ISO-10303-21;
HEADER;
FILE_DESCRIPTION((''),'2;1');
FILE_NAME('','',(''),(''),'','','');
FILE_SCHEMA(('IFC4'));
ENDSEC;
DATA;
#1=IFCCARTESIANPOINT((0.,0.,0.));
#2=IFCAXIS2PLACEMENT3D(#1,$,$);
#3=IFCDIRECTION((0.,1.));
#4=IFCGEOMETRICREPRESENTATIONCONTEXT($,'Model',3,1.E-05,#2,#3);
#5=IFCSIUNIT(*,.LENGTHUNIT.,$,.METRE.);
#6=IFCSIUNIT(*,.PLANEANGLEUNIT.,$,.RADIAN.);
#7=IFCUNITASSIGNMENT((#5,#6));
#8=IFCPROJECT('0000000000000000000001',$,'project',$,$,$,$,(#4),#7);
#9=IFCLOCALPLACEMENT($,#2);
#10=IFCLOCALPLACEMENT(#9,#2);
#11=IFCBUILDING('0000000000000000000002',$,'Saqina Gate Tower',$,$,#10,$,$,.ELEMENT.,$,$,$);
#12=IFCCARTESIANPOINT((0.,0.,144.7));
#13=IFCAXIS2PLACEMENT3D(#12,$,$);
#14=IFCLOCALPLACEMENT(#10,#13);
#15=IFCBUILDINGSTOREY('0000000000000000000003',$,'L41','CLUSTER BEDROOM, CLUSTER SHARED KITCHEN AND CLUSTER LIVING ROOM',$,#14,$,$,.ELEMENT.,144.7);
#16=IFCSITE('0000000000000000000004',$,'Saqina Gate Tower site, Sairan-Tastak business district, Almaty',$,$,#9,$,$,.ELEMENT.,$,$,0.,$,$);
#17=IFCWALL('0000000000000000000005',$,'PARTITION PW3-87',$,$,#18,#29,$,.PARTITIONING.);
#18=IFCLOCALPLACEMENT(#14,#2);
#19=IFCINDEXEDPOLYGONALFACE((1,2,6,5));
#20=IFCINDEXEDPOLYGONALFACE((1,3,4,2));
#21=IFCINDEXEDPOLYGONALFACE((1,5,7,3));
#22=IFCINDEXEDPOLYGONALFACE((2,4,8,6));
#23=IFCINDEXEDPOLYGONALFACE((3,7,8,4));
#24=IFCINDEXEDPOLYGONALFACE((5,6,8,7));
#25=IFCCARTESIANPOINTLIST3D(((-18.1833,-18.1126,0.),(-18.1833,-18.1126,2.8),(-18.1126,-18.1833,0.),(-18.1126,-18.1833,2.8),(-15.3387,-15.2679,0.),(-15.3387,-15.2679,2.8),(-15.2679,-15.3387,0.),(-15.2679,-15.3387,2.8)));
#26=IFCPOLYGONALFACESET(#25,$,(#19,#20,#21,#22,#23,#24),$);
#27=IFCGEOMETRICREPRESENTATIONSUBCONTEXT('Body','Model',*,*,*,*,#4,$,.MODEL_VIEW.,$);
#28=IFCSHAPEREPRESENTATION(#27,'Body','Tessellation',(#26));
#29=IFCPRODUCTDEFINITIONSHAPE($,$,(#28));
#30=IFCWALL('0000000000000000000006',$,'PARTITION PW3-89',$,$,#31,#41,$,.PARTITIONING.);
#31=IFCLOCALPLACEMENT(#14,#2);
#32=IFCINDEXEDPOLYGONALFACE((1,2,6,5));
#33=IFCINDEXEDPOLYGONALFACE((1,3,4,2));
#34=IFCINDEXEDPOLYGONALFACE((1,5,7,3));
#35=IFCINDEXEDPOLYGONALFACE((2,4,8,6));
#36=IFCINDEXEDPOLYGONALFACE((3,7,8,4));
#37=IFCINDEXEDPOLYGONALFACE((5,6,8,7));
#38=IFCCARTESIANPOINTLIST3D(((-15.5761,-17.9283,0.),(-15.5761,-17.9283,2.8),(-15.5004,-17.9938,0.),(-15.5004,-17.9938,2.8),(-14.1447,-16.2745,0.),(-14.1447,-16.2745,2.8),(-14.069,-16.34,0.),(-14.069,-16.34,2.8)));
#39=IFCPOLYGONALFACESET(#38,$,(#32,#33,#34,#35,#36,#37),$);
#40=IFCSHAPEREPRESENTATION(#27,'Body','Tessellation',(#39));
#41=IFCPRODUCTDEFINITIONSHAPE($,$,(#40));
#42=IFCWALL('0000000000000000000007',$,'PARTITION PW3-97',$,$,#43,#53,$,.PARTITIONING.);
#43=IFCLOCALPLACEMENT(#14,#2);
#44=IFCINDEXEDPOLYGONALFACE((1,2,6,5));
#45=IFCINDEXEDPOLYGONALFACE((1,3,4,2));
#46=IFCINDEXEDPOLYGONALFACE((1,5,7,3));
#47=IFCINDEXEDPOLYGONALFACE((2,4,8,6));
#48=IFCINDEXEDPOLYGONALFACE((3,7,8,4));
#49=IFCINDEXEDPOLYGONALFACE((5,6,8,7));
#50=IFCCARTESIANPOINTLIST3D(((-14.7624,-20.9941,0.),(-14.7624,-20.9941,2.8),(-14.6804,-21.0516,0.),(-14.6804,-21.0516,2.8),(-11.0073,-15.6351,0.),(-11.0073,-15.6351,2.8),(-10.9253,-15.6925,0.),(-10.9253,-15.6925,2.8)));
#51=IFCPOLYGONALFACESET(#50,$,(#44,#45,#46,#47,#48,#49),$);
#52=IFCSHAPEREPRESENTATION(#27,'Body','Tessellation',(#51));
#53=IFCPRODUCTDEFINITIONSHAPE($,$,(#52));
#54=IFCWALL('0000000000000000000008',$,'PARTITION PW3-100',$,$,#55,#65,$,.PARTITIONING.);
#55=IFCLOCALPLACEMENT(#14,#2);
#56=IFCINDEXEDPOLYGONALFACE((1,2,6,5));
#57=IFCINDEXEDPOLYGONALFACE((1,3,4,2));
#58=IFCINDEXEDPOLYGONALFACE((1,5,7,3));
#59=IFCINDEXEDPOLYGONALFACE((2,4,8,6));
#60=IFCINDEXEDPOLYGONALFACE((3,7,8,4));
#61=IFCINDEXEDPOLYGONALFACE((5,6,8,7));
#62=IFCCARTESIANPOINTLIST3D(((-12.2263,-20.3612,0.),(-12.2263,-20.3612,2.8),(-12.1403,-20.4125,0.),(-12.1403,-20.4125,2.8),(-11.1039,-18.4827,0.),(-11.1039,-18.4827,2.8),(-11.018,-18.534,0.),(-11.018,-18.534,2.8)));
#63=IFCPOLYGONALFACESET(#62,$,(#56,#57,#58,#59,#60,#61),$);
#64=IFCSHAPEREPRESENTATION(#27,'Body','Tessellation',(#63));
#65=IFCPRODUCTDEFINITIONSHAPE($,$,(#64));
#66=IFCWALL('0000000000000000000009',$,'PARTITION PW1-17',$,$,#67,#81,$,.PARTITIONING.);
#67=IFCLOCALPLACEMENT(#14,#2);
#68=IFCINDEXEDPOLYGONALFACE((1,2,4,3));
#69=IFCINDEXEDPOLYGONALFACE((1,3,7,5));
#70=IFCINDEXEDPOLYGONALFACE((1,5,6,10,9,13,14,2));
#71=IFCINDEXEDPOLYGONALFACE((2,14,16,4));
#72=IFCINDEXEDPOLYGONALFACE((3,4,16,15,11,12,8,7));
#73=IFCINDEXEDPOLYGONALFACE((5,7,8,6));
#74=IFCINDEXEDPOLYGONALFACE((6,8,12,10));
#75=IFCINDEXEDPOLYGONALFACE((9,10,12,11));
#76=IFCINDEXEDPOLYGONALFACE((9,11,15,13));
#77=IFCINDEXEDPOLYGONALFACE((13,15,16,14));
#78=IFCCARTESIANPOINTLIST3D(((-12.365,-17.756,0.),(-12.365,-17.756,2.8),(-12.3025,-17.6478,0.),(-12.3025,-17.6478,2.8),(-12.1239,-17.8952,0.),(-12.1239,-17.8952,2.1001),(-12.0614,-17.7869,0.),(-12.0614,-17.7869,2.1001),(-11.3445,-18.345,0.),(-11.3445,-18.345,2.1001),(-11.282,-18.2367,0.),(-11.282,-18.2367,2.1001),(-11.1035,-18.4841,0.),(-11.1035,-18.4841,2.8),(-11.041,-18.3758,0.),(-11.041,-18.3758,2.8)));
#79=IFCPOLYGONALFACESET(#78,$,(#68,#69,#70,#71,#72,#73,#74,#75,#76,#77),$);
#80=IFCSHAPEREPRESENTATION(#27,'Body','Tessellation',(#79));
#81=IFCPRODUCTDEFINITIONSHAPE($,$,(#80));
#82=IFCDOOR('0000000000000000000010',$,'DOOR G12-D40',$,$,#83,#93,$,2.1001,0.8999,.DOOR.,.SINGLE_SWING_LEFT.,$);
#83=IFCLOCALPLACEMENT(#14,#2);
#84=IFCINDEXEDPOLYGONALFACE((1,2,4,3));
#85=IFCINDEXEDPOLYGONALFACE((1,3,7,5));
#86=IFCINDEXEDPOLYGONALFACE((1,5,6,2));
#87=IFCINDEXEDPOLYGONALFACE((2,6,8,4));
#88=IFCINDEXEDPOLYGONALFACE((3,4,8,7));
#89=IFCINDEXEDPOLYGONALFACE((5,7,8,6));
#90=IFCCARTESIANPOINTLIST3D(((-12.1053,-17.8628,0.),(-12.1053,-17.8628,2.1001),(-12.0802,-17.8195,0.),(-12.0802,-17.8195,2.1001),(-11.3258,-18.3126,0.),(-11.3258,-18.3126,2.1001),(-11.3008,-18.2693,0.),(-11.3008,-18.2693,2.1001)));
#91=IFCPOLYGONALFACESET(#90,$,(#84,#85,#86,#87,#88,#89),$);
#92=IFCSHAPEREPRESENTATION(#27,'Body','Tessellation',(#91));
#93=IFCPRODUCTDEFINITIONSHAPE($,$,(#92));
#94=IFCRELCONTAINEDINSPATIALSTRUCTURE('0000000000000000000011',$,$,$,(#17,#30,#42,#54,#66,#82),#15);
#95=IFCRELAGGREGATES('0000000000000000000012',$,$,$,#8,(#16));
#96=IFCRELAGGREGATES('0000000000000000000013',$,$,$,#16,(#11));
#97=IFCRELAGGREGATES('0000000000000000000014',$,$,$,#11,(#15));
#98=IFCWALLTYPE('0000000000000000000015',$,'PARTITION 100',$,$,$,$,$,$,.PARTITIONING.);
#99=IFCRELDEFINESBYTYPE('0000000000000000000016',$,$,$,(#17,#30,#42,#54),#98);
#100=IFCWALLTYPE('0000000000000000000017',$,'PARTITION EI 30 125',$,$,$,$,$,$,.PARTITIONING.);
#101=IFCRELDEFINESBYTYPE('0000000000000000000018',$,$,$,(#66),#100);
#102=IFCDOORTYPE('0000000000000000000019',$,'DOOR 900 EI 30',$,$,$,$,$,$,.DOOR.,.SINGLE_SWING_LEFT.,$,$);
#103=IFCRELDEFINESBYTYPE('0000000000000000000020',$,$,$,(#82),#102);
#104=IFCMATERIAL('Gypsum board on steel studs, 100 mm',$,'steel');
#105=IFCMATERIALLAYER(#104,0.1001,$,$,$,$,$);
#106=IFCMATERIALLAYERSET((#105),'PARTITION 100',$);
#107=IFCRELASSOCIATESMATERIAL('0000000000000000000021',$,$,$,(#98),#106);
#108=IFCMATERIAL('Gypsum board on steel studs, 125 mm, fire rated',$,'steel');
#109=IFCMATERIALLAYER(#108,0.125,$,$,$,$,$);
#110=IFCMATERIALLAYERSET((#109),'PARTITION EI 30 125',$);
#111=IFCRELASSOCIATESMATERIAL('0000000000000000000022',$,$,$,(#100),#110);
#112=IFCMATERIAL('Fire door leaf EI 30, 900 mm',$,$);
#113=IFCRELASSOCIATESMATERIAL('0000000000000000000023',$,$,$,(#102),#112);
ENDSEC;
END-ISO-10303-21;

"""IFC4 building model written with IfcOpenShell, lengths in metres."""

from ifc_helpers import new_model, si_unit, direction, frame, frame_2d, origin, place, context, subcontext, project, spatial, rectangle, extrude, material, layer, layer_set, type_object, element, fill, save


model = new_model("IFC4")

# Units and contexts
model_context = context("Model", 3, precision=1e-05, world=origin(), true_north=direction((0.0, 1.0)))
body_context = subcontext(model_context, "Body", "Model", "MODEL_VIEW")
ifc_project = project(units=[si_unit("LENGTHUNIT", "METRE"), si_unit("PLANEANGLEUNIT", "RADIAN")], contexts=[model_context])

# Site, building, storey
site_placement = place(None, origin())
site = spatial("IfcSite", under=ifc_project, at=site_placement, Name="Saqina Gate Tower site, Sairan-Tastak business district, Almaty", CompositionType="ELEMENT", RefElevation=0.0)
building_placement = place(site_placement, origin())
building = spatial("IfcBuilding", under=site, at=building_placement, Name="Saqina Gate Tower", CompositionType="ELEMENT")
storey_placement = place(building_placement, frame((0.0, 0.0, 144.7)))
storey = spatial("IfcBuildingStorey", under=building, at=storey_placement, Name="L41", Description="CLUSTER BEDROOM, CLUSTER SHARED KITCHEN AND CLUSTER LIVING ROOM", CompositionType="ELEMENT", Elevation=144.7)

# Shared definitions
ifc_material_1 = material(Name="Gypsum board on steel studs, 100 mm", Category="steel")
ifc_layer_1 = layer(ifc_material_1, 0.1001)
ifc_layer_set_1 = layer_set([ifc_layer_1], Name="PARTITION 100")
wall_type_1 = type_object("IfcWallType", Name="PARTITION 100", PredefinedType="PARTITIONING", material=ifc_layer_set_1)

# Walls
wall_1_placement = place(storey_placement, frame((-18.1479, -18.1479, 0.0), z_axis=(0.0, 0.0, 1.0), x_axis=(0.707107, 0.707107, 0.0)))
element("IfcWall", 1, at=wall_1_placement, inside=storey, type_object=wall_type_1, Name="PARTITION PW3-87", PredefinedType="PARTITIONING", context=body_context, shape_type="SweptSolid", body=[
    extrude(rectangle(XDim=4.0229, YDim=0.1001, at=frame_2d((2.0115, 0.0))), origin(), (0.0, 0.0, 1.0), 2.8),
])
wall_2_placement = place(storey_placement, frame((-15.5383, -17.9612, 0.0), z_axis=(0.0, 0.0, 1.0), x_axis=(0.654433, 0.75612, 0.0)))
element("IfcWall", 2, at=wall_2_placement, inside=storey, type_object=wall_type_1, Name="PARTITION PW3-89", PredefinedType="PARTITIONING", context=body_context, shape_type="SweptSolid", body=[
    extrude(rectangle(XDim=2.1873, YDim=0.1001, at=frame_2d((1.0938, 0.0))), origin(), (0.0, 0.0, 1.0), 2.8),
])
wall_3_placement = place(storey_placement, frame((-14.7214, -21.0229, 0.0), z_axis=(0.0, 0.0, 1.0), x_axis=(0.573845, 0.818964, 0.0)))
element("IfcWall", 3, at=wall_3_placement, inside=storey, type_object=wall_type_1, Name="PARTITION PW3-97", PredefinedType="PARTITIONING", context=body_context, shape_type="SweptSolid", body=[
    extrude(rectangle(XDim=6.5437, YDim=0.1001, at=frame_2d((3.272, 0.0))), origin(), (0.0, 0.0, 1.0), 2.8),
])
wall_4_placement = place(storey_placement, frame((-12.1833, -20.387, 0.0), z_axis=(0.0, 0.0, 1.0), x_axis=(0.512903, 0.858446, 0.0)))
element("IfcWall", 4, at=wall_4_placement, inside=storey, type_object=wall_type_1, Name="PARTITION PW3-100", PredefinedType="PARTITIONING", context=body_context, shape_type="SweptSolid", body=[
    extrude(rectangle(XDim=2.1882, YDim=0.1001, at=frame_2d((1.0942, 0.0))), origin(), (0.0, 0.0, 1.0), 2.8),
])

# Wall, opening, door
ifc_material_2 = material(Name="Gypsum board on steel studs, 125 mm, fire rated", Category="steel")
ifc_layer_2 = layer(ifc_material_2, 0.125)
ifc_layer_set_2 = layer_set([ifc_layer_2], Name="PARTITION EI 30 125")
wall_type_2 = type_object("IfcWallType", Name="PARTITION EI 30 125", PredefinedType="PARTITIONING", material=ifc_layer_set_2)
wall_5_placement = place(storey_placement, frame((-12.3337, -17.7019, 0.0), z_axis=(0.0, 0.0, 1.0), x_axis=(0.86611, -0.499853, 0.0)))
wall_5 = element("IfcWall", 5, at=wall_5_placement, inside=storey, type_object=wall_type_2, Name="PARTITION PW1-17", PredefinedType="PARTITIONING", context=body_context, shape_type="SweptSolid", body=[
    extrude(rectangle(XDim=1.4565, YDim=0.125, at=frame_2d((0.7283, 0.0))), origin(), (0.0, 0.0, 1.0), 2.8),
])
opening_1_placement = place(wall_5_placement, frame((0.2783, 0.0, 0.0)))
opening_1 = element("IfcOpeningElement", 6, at=opening_1_placement, cuts=wall_5, PredefinedType="OPENING", context=body_context, shape_type="SweptSolid", body=[
    extrude(rectangle(XDim=0.8999, YDim=2.1001, at=frame_2d((0.45, 1.05))), frame((0.0, 0.0745, 0.0), z_axis=(0.0, -1.0, 0.0), x_axis=(1.0, 0.0, 0.0)), (0.0, 0.0, 1.0), 0.1489),
])
ifc_material_3 = material(Name="Fire door leaf EI 30, 900 mm")
door_type_1 = type_object("IfcDoorType", Name="DOOR 900 EI 30", OperationType="SINGLE_SWING_LEFT", PredefinedType="DOOR", material=ifc_material_3)
door_1_placement = place(opening_1_placement, origin())
door_1 = element("IfcDoor", 7, at=door_1_placement, inside=storey, type_object=door_type_1, Name="DOOR G12-D40", OperationType="SINGLE_SWING_LEFT", OverallHeight=2.1001, OverallWidth=0.8999, PredefinedType="DOOR", context=body_context, shape_type="SweptSolid", body=[
    extrude(rectangle(XDim=0.8999, YDim=2.1001, at=frame_2d((0.45, 1.05))), frame((0.0, 0.0249, 0.0), z_axis=(0.0, -1.0, 0.0), x_axis=(1.0, 0.0, 0.0)), (0.0, 0.0, 1.0), 0.05),
])
fill(opening_1, door_1)

save(model, "model.ifc")
